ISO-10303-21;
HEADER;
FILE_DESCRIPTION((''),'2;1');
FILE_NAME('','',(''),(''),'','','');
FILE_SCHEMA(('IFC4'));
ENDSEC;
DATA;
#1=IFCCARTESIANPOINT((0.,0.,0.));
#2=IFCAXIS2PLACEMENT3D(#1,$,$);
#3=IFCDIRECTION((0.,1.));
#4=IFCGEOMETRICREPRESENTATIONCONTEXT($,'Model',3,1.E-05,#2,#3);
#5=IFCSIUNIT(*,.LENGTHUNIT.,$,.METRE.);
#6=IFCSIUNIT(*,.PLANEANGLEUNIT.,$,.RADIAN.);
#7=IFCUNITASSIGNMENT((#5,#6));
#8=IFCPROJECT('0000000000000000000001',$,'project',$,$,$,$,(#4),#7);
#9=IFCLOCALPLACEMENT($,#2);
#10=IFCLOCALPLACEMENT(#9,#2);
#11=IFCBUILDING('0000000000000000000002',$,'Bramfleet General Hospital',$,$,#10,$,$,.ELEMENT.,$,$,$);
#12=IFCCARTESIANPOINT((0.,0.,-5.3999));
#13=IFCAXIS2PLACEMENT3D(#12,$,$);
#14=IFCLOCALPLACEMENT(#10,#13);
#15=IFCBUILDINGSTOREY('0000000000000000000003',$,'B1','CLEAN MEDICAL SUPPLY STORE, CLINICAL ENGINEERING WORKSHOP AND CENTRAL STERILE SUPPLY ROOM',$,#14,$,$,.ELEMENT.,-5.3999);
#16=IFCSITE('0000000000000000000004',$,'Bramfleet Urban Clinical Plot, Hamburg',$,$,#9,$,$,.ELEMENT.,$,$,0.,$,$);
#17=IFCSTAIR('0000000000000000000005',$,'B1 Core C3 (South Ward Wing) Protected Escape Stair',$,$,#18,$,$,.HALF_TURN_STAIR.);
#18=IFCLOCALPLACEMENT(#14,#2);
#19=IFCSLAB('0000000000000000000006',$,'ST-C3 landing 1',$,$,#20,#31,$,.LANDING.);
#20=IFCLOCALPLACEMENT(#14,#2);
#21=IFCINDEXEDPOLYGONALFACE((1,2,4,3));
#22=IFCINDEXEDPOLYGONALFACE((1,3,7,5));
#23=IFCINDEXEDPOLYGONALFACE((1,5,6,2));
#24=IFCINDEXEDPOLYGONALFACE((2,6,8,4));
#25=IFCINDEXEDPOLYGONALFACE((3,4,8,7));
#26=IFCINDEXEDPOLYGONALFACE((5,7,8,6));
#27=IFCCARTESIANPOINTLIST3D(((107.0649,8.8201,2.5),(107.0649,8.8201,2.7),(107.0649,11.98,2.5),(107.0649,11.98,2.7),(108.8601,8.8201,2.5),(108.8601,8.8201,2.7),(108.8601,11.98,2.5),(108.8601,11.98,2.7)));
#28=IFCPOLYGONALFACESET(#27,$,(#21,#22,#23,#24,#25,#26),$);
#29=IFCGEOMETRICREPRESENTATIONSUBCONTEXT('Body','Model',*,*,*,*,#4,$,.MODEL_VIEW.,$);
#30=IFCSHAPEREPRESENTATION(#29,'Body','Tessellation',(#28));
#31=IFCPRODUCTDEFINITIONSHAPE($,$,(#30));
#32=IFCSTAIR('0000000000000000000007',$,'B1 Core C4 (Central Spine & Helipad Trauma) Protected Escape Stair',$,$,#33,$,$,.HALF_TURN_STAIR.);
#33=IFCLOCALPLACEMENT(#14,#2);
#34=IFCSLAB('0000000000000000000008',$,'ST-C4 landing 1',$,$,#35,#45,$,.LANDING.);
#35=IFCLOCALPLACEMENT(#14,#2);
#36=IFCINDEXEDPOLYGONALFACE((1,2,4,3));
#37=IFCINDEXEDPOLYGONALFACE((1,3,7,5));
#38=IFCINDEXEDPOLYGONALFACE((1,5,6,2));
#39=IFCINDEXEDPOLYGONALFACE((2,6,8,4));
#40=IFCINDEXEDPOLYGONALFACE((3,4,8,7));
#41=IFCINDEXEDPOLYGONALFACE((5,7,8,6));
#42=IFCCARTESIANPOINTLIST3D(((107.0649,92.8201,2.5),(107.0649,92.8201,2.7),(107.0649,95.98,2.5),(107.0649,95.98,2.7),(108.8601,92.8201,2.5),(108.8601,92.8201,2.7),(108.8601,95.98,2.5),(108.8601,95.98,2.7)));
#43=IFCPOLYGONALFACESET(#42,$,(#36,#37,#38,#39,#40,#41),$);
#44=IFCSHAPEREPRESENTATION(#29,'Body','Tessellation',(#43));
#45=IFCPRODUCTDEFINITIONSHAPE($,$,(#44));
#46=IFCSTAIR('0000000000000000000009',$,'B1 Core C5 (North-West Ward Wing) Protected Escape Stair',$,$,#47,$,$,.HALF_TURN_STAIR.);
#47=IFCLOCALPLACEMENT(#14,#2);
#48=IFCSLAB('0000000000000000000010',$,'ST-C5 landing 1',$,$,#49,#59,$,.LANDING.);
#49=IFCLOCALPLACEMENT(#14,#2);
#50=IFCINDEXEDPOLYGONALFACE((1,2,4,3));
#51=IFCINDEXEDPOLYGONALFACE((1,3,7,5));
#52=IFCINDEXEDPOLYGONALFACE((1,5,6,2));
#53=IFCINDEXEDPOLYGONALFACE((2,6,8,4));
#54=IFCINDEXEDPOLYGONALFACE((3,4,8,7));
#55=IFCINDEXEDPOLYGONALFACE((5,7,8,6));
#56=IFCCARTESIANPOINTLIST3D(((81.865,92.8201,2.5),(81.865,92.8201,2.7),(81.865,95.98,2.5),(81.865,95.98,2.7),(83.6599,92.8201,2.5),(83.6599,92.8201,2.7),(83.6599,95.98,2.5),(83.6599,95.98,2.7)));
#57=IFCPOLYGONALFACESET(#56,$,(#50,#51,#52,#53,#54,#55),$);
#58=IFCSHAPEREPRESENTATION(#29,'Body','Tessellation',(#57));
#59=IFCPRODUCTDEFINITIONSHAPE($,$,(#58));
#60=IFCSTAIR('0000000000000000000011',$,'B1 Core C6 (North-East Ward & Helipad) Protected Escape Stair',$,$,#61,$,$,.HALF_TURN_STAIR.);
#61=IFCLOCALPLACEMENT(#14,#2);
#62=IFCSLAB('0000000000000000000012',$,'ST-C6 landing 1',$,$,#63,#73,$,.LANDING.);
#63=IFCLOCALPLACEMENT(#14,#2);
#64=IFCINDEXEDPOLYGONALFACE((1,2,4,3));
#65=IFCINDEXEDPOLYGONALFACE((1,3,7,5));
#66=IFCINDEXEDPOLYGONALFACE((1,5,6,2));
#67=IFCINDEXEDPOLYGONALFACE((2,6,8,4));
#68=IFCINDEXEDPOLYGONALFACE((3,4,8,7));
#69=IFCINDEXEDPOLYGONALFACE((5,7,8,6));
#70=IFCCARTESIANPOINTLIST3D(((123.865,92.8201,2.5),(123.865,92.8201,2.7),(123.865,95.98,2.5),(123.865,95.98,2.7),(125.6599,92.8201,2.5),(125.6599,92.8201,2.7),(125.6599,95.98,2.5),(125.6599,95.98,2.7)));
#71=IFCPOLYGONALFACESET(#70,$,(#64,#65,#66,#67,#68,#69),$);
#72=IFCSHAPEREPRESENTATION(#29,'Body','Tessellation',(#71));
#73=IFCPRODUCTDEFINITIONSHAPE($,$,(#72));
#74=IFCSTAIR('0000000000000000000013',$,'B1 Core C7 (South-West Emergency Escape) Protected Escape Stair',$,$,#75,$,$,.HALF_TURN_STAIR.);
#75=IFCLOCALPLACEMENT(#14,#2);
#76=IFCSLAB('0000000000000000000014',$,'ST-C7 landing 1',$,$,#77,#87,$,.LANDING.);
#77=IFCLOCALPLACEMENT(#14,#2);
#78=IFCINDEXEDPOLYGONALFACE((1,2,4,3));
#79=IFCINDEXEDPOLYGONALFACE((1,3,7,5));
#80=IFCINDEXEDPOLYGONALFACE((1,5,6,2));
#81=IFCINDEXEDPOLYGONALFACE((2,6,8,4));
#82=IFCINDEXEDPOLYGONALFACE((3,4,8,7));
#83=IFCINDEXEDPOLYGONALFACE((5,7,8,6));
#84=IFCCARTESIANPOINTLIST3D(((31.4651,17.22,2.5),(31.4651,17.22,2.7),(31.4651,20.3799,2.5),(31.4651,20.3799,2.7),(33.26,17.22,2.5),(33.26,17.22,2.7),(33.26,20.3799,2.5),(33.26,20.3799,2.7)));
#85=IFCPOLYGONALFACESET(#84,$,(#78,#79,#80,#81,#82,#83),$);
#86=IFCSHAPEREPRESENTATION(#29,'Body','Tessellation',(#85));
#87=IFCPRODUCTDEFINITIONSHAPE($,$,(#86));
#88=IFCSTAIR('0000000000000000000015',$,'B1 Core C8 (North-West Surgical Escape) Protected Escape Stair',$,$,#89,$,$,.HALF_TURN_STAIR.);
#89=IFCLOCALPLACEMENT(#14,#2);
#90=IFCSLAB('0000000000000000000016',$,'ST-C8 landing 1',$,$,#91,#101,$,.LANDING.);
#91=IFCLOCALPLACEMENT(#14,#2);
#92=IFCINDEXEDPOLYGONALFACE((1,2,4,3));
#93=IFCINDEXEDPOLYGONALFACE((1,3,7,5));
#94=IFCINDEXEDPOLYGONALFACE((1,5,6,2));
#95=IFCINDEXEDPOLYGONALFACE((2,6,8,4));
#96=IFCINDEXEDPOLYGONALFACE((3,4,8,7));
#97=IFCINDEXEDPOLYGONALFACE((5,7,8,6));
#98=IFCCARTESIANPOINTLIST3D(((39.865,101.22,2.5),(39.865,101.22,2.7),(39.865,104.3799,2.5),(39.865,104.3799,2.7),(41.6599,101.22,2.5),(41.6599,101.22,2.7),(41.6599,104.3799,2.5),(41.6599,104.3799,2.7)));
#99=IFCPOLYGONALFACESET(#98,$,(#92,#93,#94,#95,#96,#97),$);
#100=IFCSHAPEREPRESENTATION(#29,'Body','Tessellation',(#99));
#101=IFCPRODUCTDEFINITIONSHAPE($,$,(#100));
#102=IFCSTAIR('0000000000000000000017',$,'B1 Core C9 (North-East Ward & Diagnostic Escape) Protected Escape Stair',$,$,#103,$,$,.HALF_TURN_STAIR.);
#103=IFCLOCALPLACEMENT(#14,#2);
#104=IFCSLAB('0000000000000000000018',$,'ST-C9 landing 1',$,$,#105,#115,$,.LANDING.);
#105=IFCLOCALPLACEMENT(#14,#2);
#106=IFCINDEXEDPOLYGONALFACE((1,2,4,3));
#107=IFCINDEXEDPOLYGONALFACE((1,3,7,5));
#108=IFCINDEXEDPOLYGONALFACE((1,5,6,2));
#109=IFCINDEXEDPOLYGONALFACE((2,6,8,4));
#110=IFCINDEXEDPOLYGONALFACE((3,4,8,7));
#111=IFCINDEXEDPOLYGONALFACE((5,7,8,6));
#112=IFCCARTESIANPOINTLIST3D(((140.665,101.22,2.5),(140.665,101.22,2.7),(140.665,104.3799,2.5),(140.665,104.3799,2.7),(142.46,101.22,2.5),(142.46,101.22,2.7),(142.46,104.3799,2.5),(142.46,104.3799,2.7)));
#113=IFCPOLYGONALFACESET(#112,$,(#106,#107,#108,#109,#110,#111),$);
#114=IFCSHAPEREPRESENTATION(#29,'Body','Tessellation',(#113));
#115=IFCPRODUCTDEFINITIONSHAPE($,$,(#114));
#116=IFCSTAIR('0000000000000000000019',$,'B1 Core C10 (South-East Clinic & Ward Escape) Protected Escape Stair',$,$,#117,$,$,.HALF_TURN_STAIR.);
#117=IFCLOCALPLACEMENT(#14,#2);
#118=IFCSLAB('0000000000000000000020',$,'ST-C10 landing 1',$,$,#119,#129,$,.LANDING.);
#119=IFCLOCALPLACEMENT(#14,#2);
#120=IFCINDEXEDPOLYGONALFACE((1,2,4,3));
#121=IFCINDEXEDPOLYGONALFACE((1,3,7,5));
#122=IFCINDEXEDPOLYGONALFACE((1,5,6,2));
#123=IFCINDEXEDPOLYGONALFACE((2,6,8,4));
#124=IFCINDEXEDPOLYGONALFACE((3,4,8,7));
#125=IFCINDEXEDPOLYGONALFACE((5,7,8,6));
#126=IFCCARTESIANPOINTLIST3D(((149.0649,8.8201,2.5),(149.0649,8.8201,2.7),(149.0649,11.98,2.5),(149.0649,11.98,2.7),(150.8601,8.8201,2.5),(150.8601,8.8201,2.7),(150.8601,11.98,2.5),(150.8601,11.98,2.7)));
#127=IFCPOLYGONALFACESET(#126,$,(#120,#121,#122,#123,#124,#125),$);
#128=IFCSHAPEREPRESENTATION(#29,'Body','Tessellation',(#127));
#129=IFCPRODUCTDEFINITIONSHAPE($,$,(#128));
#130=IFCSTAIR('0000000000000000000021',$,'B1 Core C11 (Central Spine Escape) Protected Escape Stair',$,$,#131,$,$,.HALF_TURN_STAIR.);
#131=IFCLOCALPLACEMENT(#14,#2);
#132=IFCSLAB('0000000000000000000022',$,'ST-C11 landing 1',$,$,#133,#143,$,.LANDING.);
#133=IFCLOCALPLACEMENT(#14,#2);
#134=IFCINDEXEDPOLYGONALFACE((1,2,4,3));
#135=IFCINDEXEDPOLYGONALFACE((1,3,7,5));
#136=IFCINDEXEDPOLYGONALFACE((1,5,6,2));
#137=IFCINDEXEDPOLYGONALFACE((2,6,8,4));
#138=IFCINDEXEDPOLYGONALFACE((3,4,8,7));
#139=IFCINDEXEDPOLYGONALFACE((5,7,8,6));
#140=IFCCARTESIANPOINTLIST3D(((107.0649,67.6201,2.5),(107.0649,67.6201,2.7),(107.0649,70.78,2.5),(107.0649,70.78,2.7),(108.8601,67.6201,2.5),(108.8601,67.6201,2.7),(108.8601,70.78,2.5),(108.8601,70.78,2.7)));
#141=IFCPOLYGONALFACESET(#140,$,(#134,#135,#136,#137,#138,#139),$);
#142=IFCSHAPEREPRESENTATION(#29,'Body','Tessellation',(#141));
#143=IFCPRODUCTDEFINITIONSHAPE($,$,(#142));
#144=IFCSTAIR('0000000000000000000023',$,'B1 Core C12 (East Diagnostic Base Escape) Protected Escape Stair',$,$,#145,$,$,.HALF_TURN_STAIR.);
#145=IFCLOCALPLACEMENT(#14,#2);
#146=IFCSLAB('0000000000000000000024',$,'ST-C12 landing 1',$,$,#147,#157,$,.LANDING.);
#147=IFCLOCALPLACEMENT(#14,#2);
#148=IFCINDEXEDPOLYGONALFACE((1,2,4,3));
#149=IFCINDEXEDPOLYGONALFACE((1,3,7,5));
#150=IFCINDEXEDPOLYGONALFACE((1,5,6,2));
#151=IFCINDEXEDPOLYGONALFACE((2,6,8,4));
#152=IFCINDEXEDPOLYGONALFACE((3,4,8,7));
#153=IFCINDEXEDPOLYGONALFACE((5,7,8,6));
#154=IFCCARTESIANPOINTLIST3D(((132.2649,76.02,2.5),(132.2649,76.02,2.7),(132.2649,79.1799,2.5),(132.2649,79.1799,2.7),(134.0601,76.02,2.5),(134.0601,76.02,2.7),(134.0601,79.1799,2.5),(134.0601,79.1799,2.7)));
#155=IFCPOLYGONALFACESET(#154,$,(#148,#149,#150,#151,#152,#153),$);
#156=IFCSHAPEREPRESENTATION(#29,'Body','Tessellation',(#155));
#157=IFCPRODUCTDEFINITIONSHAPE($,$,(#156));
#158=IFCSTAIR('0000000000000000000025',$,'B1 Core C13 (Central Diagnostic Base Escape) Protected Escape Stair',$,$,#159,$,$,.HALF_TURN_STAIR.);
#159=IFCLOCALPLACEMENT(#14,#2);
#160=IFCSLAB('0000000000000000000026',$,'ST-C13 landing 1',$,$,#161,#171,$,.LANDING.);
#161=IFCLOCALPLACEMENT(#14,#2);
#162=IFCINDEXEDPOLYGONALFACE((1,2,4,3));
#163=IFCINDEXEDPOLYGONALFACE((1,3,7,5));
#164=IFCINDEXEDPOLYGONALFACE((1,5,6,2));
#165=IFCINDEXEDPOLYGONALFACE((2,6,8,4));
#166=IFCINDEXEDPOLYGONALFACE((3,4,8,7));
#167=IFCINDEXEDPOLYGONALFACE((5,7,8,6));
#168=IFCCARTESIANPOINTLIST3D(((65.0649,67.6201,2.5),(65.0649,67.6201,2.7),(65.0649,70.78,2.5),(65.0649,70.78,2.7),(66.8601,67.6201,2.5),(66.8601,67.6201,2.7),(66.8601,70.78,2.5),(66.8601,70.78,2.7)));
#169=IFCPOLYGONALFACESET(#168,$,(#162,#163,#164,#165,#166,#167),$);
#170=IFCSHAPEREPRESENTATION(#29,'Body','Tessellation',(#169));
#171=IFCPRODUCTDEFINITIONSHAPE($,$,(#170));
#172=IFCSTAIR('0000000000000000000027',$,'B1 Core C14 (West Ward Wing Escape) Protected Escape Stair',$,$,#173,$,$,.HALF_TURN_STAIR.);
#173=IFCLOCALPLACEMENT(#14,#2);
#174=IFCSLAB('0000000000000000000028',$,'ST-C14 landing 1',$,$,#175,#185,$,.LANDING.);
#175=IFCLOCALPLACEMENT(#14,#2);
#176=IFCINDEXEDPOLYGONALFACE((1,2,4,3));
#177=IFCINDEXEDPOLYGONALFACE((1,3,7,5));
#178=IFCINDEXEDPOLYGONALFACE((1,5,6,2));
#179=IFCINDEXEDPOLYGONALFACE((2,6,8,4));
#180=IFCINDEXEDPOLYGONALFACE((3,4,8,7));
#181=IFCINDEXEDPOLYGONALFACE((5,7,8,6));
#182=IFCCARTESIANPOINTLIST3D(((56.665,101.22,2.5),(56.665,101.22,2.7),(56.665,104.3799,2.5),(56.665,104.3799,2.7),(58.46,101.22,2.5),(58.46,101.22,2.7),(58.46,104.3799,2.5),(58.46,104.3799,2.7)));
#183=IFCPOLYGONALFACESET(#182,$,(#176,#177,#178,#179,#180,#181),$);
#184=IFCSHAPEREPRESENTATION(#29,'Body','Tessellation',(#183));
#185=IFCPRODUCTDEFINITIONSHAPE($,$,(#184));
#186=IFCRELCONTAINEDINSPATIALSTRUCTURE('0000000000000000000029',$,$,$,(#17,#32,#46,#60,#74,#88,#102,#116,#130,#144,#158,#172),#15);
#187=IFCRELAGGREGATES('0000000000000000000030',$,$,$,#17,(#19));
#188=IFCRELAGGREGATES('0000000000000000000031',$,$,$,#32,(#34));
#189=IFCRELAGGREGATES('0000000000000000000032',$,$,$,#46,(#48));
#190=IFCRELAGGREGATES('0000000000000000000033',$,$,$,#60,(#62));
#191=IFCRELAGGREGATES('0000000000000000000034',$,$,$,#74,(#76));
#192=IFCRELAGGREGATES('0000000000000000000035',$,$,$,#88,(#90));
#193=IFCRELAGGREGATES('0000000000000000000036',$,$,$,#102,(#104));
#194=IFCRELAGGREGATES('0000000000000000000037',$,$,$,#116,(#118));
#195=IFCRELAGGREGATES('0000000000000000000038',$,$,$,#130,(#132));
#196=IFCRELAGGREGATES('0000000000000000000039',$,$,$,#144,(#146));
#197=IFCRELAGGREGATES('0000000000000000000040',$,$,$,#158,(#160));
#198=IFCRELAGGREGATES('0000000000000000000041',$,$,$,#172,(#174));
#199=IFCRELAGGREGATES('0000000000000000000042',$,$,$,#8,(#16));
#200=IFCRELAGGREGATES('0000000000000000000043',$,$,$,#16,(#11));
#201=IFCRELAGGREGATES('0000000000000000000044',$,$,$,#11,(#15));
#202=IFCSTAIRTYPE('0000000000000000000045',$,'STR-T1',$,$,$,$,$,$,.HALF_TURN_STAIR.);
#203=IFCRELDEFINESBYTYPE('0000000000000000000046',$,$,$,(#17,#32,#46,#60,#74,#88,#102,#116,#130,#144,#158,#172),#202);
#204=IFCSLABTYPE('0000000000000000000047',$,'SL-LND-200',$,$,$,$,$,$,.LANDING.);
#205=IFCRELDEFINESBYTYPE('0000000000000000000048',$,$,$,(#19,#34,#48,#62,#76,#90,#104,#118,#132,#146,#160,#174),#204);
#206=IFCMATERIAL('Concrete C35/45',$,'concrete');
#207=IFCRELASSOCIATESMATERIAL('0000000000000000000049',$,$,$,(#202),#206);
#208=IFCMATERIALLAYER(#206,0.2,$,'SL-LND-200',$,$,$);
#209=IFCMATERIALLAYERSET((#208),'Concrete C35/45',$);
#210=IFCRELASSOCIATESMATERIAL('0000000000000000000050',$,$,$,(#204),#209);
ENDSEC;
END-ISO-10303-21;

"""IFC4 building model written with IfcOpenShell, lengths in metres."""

from ifc_helpers import new_model, si_unit, direction, frame, origin, place, context, subcontext, project, spatial, polyline, outline, extrude, material, layer, layer_set, type_object, element, aggregate, save


model = new_model("IFC4")

# Units and contexts
model_context = context("Model", 3, precision=1e-05, world=origin(), true_north=direction((0.0, 1.0)))
body_context = subcontext(model_context, "Body", "Model", "MODEL_VIEW")
ifc_project = project(units=[si_unit("LENGTHUNIT", "METRE"), si_unit("PLANEANGLEUNIT", "RADIAN")], contexts=[model_context])

# Site, building, storey
site_placement = place(None, origin())
site = spatial("IfcSite", under=ifc_project, at=site_placement, Name="Bramfleet Urban Clinical Plot, Hamburg", CompositionType="ELEMENT", RefElevation=0.0)
building_placement = place(site_placement, origin())
building = spatial("IfcBuilding", under=site, at=building_placement, Name="Bramfleet General Hospital", CompositionType="ELEMENT")
storey_placement = place(building_placement, frame((0.0, 0.0, -5.3999)))
storey = spatial("IfcBuildingStorey", under=building, at=storey_placement, Name="B1", Description="CLEAN MEDICAL SUPPLY STORE, CLINICAL ENGINEERING WORKSHOP AND CENTRAL STERILE SUPPLY ROOM", CompositionType="ELEMENT", Elevation=-5.3999)

# Shared definitions
ifc_material_1 = material(Name="Concrete C35/45", Category="concrete")

# Stairs, slabs
stair_type = type_object("IfcStairType", Name="STR-T1", PredefinedType="HALF_TURN_STAIR", material=ifc_material_1)
ifc_layer_1 = layer(ifc_material_1, 0.2, Name="SL-LND-200")
ifc_layer_set_1 = layer_set([ifc_layer_1], Name="Concrete C35/45")
slab_type_1 = type_object("IfcSlabType", Name="SL-LND-200", PredefinedType="LANDING", material=ifc_layer_set_1)
stair_1_placement = place(storey_placement, origin())
stair_1 = element("IfcStair", 1, at=stair_1_placement, inside=storey, type_object=stair_type, Name="B1 Core C3 (South Ward Wing) Protected Escape Stair", PredefinedType="HALF_TURN_STAIR")
slab_1_placement = place(storey_placement, frame((0.0, 0.0, 2.5)))
slab_1 = element("IfcSlab", 2, at=slab_1_placement, type_object=slab_type_1, Name="ST-C3 landing 1", PredefinedType="LANDING", context=body_context, shape_type="SweptSolid", body=[
    extrude(outline(polyline([(107.0649, 8.8201), (108.8601, 8.8201), (108.8601, 11.98), (107.0649, 11.98), (107.0649, 8.8201)])), origin(), (0.0, 0.0, 1.0), 0.2),
])
aggregate(stair_1, [slab_1])
stair_2_placement = place(storey_placement, origin())
stair_2 = element("IfcStair", 3, at=stair_2_placement, inside=storey, type_object=stair_type, Name="B1 Core C4 (Central Spine & Helipad Trauma) Protected Escape Stair", PredefinedType="HALF_TURN_STAIR")
slab_2_placement = place(storey_placement, frame((0.0, 0.0, 2.5)))
slab_2 = element("IfcSlab", 4, at=slab_2_placement, type_object=slab_type_1, Name="ST-C4 landing 1", PredefinedType="LANDING", context=body_context, shape_type="SweptSolid", body=[
    extrude(outline(polyline([(107.0649, 92.8201), (108.8601, 92.8201), (108.8601, 95.98), (107.0649, 95.98), (107.0649, 92.8201)])), origin(), (0.0, 0.0, 1.0), 0.2),
])
aggregate(stair_2, [slab_2])
stair_3_placement = place(storey_placement, origin())
stair_3 = element("IfcStair", 5, at=stair_3_placement, inside=storey, type_object=stair_type, Name="B1 Core C5 (North-West Ward Wing) Protected Escape Stair", PredefinedType="HALF_TURN_STAIR")
slab_3_placement = place(storey_placement, frame((0.0, 0.0, 2.5)))
slab_3 = element("IfcSlab", 6, at=slab_3_placement, type_object=slab_type_1, Name="ST-C5 landing 1", PredefinedType="LANDING", context=body_context, shape_type="SweptSolid", body=[
    extrude(outline(polyline([(81.865, 92.8201), (83.6599, 92.8201), (83.6599, 95.98), (81.865, 95.98), (81.865, 92.8201)])), origin(), (0.0, 0.0, 1.0), 0.2),
])
aggregate(stair_3, [slab_3])
stair_4_placement = place(storey_placement, origin())
stair_4 = element("IfcStair", 7, at=stair_4_placement, inside=storey, type_object=stair_type, Name="B1 Core C6 (North-East Ward & Helipad) Protected Escape Stair", PredefinedType="HALF_TURN_STAIR")
slab_4_placement = place(storey_placement, frame((0.0, 0.0, 2.5)))
slab_4 = element("IfcSlab", 8, at=slab_4_placement, type_object=slab_type_1, Name="ST-C6 landing 1", PredefinedType="LANDING", context=body_context, shape_type="SweptSolid", body=[
    extrude(outline(polyline([(123.865, 92.8201), (125.6599, 92.8201), (125.6599, 95.98), (123.865, 95.98), (123.865, 92.8201)])), origin(), (0.0, 0.0, 1.0), 0.2),
])
aggregate(stair_4, [slab_4])
stair_5_placement = place(storey_placement, origin())
stair_5 = element("IfcStair", 9, at=stair_5_placement, inside=storey, type_object=stair_type, Name="B1 Core C7 (South-West Emergency Escape) Protected Escape Stair", PredefinedType="HALF_TURN_STAIR")
slab_5_placement = place(storey_placement, frame((0.0, 0.0, 2.5)))
slab_5 = element("IfcSlab", 10, at=slab_5_placement, type_object=slab_type_1, Name="ST-C7 landing 1", PredefinedType="LANDING", context=body_context, shape_type="SweptSolid", body=[
    extrude(outline(polyline([(31.4651, 17.22), (33.26, 17.22), (33.26, 20.3799), (31.4651, 20.3799), (31.4651, 17.22)])), origin(), (0.0, 0.0, 1.0), 0.2),
])
aggregate(stair_5, [slab_5])
stair_6_placement = place(storey_placement, origin())
stair_6 = element("IfcStair", 11, at=stair_6_placement, inside=storey, type_object=stair_type, Name="B1 Core C8 (North-West Surgical Escape) Protected Escape Stair", PredefinedType="HALF_TURN_STAIR")
slab_6_placement = place(storey_placement, frame((0.0, 0.0, 2.5)))
slab_6 = element("IfcSlab", 12, at=slab_6_placement, type_object=slab_type_1, Name="ST-C8 landing 1", PredefinedType="LANDING", context=body_context, shape_type="SweptSolid", body=[
    extrude(outline(polyline([(39.865, 101.22), (41.6599, 101.22), (41.6599, 104.3799), (39.865, 104.3799), (39.865, 101.22)])), origin(), (0.0, 0.0, 1.0), 0.2),
])
aggregate(stair_6, [slab_6])
stair_7_placement = place(storey_placement, origin())
stair_7 = element("IfcStair", 13, at=stair_7_placement, inside=storey, type_object=stair_type, Name="B1 Core C9 (North-East Ward & Diagnostic Escape) Protected Escape Stair", PredefinedType="HALF_TURN_STAIR")
slab_7_placement = place(storey_placement, frame((0.0, 0.0, 2.5)))
slab_7 = element("IfcSlab", 14, at=slab_7_placement, type_object=slab_type_1, Name="ST-C9 landing 1", PredefinedType="LANDING", context=body_context, shape_type="SweptSolid", body=[
    extrude(outline(polyline([(140.665, 101.22), (142.46, 101.22), (142.46, 104.3799), (140.665, 104.3799), (140.665, 101.22)])), origin(), (0.0, 0.0, 1.0), 0.2),
])
aggregate(stair_7, [slab_7])
stair_8_placement = place(storey_placement, origin())
stair_8 = element("IfcStair", 15, at=stair_8_placement, inside=storey, type_object=stair_type, Name="B1 Core C10 (South-East Clinic & Ward Escape) Protected Escape Stair", PredefinedType="HALF_TURN_STAIR")
slab_8_placement = place(storey_placement, frame((0.0, 0.0, 2.5)))
slab_8 = element("IfcSlab", 16, at=slab_8_placement, type_object=slab_type_1, Name="ST-C10 landing 1", PredefinedType="LANDING", context=body_context, shape_type="SweptSolid", body=[
    extrude(outline(polyline([(149.0649, 8.8201), (150.8601, 8.8201), (150.8601, 11.98), (149.0649, 11.98), (149.0649, 8.8201)])), origin(), (0.0, 0.0, 1.0), 0.2),
])
aggregate(stair_8, [slab_8])
stair_9_placement = place(storey_placement, origin())
stair_9 = element("IfcStair", 17, at=stair_9_placement, inside=storey, type_object=stair_type, Name="B1 Core C11 (Central Spine Escape) Protected Escape Stair", PredefinedType="HALF_TURN_STAIR")
slab_9_placement = place(storey_placement, frame((0.0, 0.0, 2.5)))
slab_9 = element("IfcSlab", 18, at=slab_9_placement, type_object=slab_type_1, Name="ST-C11 landing 1", PredefinedType="LANDING", context=body_context, shape_type="SweptSolid", body=[
    extrude(outline(polyline([(107.0649, 67.6201), (108.8601, 67.6201), (108.8601, 70.78), (107.0649, 70.78), (107.0649, 67.6201)])), origin(), (0.0, 0.0, 1.0), 0.2),
])
aggregate(stair_9, [slab_9])
stair_10_placement = place(storey_placement, origin())
stair_10 = element("IfcStair", 19, at=stair_10_placement, inside=storey, type_object=stair_type, Name="B1 Core C12 (East Diagnostic Base Escape) Protected Escape Stair", PredefinedType="HALF_TURN_STAIR")
slab_10_placement = place(storey_placement, frame((0.0, 0.0, 2.5)))
slab_10 = element("IfcSlab", 20, at=slab_10_placement, type_object=slab_type_1, Name="ST-C12 landing 1", PredefinedType="LANDING", context=body_context, shape_type="SweptSolid", body=[
    extrude(outline(polyline([(132.2649, 76.02), (134.0601, 76.02), (134.0601, 79.1799), (132.2649, 79.1799), (132.2649, 76.02)])), origin(), (0.0, 0.0, 1.0), 0.2),
])
aggregate(stair_10, [slab_10])
stair_11_placement = place(storey_placement, origin())
stair_11 = element("IfcStair", 21, at=stair_11_placement, inside=storey, type_object=stair_type, Name="B1 Core C13 (Central Diagnostic Base Escape) Protected Escape Stair", PredefinedType="HALF_TURN_STAIR")
slab_11_placement = place(storey_placement, frame((0.0, 0.0, 2.5)))
slab_11 = element("IfcSlab", 22, at=slab_11_placement, type_object=slab_type_1, Name="ST-C13 landing 1", PredefinedType="LANDING", context=body_context, shape_type="SweptSolid", body=[
    extrude(outline(polyline([(65.0649, 67.6201), (66.8601, 67.6201), (66.8601, 70.78), (65.0649, 70.78), (65.0649, 67.6201)])), origin(), (0.0, 0.0, 1.0), 0.2),
])
aggregate(stair_11, [slab_11])
stair_12_placement = place(storey_placement, origin())
stair_12 = element("IfcStair", 23, at=stair_12_placement, inside=storey, type_object=stair_type, Name="B1 Core C14 (West Ward Wing Escape) Protected Escape Stair", PredefinedType="HALF_TURN_STAIR")
slab_12_placement = place(storey_placement, frame((0.0, 0.0, 2.5)))
slab_12 = element("IfcSlab", 24, at=slab_12_placement, type_object=slab_type_1, Name="ST-C14 landing 1", PredefinedType="LANDING", context=body_context, shape_type="SweptSolid", body=[
    extrude(outline(polyline([(56.665, 101.22), (58.46, 101.22), (58.46, 104.3799), (56.665, 104.3799), (56.665, 101.22)])), origin(), (0.0, 0.0, 1.0), 0.2),
])
aggregate(stair_12, [slab_12])

save(model, "model.ifc")
